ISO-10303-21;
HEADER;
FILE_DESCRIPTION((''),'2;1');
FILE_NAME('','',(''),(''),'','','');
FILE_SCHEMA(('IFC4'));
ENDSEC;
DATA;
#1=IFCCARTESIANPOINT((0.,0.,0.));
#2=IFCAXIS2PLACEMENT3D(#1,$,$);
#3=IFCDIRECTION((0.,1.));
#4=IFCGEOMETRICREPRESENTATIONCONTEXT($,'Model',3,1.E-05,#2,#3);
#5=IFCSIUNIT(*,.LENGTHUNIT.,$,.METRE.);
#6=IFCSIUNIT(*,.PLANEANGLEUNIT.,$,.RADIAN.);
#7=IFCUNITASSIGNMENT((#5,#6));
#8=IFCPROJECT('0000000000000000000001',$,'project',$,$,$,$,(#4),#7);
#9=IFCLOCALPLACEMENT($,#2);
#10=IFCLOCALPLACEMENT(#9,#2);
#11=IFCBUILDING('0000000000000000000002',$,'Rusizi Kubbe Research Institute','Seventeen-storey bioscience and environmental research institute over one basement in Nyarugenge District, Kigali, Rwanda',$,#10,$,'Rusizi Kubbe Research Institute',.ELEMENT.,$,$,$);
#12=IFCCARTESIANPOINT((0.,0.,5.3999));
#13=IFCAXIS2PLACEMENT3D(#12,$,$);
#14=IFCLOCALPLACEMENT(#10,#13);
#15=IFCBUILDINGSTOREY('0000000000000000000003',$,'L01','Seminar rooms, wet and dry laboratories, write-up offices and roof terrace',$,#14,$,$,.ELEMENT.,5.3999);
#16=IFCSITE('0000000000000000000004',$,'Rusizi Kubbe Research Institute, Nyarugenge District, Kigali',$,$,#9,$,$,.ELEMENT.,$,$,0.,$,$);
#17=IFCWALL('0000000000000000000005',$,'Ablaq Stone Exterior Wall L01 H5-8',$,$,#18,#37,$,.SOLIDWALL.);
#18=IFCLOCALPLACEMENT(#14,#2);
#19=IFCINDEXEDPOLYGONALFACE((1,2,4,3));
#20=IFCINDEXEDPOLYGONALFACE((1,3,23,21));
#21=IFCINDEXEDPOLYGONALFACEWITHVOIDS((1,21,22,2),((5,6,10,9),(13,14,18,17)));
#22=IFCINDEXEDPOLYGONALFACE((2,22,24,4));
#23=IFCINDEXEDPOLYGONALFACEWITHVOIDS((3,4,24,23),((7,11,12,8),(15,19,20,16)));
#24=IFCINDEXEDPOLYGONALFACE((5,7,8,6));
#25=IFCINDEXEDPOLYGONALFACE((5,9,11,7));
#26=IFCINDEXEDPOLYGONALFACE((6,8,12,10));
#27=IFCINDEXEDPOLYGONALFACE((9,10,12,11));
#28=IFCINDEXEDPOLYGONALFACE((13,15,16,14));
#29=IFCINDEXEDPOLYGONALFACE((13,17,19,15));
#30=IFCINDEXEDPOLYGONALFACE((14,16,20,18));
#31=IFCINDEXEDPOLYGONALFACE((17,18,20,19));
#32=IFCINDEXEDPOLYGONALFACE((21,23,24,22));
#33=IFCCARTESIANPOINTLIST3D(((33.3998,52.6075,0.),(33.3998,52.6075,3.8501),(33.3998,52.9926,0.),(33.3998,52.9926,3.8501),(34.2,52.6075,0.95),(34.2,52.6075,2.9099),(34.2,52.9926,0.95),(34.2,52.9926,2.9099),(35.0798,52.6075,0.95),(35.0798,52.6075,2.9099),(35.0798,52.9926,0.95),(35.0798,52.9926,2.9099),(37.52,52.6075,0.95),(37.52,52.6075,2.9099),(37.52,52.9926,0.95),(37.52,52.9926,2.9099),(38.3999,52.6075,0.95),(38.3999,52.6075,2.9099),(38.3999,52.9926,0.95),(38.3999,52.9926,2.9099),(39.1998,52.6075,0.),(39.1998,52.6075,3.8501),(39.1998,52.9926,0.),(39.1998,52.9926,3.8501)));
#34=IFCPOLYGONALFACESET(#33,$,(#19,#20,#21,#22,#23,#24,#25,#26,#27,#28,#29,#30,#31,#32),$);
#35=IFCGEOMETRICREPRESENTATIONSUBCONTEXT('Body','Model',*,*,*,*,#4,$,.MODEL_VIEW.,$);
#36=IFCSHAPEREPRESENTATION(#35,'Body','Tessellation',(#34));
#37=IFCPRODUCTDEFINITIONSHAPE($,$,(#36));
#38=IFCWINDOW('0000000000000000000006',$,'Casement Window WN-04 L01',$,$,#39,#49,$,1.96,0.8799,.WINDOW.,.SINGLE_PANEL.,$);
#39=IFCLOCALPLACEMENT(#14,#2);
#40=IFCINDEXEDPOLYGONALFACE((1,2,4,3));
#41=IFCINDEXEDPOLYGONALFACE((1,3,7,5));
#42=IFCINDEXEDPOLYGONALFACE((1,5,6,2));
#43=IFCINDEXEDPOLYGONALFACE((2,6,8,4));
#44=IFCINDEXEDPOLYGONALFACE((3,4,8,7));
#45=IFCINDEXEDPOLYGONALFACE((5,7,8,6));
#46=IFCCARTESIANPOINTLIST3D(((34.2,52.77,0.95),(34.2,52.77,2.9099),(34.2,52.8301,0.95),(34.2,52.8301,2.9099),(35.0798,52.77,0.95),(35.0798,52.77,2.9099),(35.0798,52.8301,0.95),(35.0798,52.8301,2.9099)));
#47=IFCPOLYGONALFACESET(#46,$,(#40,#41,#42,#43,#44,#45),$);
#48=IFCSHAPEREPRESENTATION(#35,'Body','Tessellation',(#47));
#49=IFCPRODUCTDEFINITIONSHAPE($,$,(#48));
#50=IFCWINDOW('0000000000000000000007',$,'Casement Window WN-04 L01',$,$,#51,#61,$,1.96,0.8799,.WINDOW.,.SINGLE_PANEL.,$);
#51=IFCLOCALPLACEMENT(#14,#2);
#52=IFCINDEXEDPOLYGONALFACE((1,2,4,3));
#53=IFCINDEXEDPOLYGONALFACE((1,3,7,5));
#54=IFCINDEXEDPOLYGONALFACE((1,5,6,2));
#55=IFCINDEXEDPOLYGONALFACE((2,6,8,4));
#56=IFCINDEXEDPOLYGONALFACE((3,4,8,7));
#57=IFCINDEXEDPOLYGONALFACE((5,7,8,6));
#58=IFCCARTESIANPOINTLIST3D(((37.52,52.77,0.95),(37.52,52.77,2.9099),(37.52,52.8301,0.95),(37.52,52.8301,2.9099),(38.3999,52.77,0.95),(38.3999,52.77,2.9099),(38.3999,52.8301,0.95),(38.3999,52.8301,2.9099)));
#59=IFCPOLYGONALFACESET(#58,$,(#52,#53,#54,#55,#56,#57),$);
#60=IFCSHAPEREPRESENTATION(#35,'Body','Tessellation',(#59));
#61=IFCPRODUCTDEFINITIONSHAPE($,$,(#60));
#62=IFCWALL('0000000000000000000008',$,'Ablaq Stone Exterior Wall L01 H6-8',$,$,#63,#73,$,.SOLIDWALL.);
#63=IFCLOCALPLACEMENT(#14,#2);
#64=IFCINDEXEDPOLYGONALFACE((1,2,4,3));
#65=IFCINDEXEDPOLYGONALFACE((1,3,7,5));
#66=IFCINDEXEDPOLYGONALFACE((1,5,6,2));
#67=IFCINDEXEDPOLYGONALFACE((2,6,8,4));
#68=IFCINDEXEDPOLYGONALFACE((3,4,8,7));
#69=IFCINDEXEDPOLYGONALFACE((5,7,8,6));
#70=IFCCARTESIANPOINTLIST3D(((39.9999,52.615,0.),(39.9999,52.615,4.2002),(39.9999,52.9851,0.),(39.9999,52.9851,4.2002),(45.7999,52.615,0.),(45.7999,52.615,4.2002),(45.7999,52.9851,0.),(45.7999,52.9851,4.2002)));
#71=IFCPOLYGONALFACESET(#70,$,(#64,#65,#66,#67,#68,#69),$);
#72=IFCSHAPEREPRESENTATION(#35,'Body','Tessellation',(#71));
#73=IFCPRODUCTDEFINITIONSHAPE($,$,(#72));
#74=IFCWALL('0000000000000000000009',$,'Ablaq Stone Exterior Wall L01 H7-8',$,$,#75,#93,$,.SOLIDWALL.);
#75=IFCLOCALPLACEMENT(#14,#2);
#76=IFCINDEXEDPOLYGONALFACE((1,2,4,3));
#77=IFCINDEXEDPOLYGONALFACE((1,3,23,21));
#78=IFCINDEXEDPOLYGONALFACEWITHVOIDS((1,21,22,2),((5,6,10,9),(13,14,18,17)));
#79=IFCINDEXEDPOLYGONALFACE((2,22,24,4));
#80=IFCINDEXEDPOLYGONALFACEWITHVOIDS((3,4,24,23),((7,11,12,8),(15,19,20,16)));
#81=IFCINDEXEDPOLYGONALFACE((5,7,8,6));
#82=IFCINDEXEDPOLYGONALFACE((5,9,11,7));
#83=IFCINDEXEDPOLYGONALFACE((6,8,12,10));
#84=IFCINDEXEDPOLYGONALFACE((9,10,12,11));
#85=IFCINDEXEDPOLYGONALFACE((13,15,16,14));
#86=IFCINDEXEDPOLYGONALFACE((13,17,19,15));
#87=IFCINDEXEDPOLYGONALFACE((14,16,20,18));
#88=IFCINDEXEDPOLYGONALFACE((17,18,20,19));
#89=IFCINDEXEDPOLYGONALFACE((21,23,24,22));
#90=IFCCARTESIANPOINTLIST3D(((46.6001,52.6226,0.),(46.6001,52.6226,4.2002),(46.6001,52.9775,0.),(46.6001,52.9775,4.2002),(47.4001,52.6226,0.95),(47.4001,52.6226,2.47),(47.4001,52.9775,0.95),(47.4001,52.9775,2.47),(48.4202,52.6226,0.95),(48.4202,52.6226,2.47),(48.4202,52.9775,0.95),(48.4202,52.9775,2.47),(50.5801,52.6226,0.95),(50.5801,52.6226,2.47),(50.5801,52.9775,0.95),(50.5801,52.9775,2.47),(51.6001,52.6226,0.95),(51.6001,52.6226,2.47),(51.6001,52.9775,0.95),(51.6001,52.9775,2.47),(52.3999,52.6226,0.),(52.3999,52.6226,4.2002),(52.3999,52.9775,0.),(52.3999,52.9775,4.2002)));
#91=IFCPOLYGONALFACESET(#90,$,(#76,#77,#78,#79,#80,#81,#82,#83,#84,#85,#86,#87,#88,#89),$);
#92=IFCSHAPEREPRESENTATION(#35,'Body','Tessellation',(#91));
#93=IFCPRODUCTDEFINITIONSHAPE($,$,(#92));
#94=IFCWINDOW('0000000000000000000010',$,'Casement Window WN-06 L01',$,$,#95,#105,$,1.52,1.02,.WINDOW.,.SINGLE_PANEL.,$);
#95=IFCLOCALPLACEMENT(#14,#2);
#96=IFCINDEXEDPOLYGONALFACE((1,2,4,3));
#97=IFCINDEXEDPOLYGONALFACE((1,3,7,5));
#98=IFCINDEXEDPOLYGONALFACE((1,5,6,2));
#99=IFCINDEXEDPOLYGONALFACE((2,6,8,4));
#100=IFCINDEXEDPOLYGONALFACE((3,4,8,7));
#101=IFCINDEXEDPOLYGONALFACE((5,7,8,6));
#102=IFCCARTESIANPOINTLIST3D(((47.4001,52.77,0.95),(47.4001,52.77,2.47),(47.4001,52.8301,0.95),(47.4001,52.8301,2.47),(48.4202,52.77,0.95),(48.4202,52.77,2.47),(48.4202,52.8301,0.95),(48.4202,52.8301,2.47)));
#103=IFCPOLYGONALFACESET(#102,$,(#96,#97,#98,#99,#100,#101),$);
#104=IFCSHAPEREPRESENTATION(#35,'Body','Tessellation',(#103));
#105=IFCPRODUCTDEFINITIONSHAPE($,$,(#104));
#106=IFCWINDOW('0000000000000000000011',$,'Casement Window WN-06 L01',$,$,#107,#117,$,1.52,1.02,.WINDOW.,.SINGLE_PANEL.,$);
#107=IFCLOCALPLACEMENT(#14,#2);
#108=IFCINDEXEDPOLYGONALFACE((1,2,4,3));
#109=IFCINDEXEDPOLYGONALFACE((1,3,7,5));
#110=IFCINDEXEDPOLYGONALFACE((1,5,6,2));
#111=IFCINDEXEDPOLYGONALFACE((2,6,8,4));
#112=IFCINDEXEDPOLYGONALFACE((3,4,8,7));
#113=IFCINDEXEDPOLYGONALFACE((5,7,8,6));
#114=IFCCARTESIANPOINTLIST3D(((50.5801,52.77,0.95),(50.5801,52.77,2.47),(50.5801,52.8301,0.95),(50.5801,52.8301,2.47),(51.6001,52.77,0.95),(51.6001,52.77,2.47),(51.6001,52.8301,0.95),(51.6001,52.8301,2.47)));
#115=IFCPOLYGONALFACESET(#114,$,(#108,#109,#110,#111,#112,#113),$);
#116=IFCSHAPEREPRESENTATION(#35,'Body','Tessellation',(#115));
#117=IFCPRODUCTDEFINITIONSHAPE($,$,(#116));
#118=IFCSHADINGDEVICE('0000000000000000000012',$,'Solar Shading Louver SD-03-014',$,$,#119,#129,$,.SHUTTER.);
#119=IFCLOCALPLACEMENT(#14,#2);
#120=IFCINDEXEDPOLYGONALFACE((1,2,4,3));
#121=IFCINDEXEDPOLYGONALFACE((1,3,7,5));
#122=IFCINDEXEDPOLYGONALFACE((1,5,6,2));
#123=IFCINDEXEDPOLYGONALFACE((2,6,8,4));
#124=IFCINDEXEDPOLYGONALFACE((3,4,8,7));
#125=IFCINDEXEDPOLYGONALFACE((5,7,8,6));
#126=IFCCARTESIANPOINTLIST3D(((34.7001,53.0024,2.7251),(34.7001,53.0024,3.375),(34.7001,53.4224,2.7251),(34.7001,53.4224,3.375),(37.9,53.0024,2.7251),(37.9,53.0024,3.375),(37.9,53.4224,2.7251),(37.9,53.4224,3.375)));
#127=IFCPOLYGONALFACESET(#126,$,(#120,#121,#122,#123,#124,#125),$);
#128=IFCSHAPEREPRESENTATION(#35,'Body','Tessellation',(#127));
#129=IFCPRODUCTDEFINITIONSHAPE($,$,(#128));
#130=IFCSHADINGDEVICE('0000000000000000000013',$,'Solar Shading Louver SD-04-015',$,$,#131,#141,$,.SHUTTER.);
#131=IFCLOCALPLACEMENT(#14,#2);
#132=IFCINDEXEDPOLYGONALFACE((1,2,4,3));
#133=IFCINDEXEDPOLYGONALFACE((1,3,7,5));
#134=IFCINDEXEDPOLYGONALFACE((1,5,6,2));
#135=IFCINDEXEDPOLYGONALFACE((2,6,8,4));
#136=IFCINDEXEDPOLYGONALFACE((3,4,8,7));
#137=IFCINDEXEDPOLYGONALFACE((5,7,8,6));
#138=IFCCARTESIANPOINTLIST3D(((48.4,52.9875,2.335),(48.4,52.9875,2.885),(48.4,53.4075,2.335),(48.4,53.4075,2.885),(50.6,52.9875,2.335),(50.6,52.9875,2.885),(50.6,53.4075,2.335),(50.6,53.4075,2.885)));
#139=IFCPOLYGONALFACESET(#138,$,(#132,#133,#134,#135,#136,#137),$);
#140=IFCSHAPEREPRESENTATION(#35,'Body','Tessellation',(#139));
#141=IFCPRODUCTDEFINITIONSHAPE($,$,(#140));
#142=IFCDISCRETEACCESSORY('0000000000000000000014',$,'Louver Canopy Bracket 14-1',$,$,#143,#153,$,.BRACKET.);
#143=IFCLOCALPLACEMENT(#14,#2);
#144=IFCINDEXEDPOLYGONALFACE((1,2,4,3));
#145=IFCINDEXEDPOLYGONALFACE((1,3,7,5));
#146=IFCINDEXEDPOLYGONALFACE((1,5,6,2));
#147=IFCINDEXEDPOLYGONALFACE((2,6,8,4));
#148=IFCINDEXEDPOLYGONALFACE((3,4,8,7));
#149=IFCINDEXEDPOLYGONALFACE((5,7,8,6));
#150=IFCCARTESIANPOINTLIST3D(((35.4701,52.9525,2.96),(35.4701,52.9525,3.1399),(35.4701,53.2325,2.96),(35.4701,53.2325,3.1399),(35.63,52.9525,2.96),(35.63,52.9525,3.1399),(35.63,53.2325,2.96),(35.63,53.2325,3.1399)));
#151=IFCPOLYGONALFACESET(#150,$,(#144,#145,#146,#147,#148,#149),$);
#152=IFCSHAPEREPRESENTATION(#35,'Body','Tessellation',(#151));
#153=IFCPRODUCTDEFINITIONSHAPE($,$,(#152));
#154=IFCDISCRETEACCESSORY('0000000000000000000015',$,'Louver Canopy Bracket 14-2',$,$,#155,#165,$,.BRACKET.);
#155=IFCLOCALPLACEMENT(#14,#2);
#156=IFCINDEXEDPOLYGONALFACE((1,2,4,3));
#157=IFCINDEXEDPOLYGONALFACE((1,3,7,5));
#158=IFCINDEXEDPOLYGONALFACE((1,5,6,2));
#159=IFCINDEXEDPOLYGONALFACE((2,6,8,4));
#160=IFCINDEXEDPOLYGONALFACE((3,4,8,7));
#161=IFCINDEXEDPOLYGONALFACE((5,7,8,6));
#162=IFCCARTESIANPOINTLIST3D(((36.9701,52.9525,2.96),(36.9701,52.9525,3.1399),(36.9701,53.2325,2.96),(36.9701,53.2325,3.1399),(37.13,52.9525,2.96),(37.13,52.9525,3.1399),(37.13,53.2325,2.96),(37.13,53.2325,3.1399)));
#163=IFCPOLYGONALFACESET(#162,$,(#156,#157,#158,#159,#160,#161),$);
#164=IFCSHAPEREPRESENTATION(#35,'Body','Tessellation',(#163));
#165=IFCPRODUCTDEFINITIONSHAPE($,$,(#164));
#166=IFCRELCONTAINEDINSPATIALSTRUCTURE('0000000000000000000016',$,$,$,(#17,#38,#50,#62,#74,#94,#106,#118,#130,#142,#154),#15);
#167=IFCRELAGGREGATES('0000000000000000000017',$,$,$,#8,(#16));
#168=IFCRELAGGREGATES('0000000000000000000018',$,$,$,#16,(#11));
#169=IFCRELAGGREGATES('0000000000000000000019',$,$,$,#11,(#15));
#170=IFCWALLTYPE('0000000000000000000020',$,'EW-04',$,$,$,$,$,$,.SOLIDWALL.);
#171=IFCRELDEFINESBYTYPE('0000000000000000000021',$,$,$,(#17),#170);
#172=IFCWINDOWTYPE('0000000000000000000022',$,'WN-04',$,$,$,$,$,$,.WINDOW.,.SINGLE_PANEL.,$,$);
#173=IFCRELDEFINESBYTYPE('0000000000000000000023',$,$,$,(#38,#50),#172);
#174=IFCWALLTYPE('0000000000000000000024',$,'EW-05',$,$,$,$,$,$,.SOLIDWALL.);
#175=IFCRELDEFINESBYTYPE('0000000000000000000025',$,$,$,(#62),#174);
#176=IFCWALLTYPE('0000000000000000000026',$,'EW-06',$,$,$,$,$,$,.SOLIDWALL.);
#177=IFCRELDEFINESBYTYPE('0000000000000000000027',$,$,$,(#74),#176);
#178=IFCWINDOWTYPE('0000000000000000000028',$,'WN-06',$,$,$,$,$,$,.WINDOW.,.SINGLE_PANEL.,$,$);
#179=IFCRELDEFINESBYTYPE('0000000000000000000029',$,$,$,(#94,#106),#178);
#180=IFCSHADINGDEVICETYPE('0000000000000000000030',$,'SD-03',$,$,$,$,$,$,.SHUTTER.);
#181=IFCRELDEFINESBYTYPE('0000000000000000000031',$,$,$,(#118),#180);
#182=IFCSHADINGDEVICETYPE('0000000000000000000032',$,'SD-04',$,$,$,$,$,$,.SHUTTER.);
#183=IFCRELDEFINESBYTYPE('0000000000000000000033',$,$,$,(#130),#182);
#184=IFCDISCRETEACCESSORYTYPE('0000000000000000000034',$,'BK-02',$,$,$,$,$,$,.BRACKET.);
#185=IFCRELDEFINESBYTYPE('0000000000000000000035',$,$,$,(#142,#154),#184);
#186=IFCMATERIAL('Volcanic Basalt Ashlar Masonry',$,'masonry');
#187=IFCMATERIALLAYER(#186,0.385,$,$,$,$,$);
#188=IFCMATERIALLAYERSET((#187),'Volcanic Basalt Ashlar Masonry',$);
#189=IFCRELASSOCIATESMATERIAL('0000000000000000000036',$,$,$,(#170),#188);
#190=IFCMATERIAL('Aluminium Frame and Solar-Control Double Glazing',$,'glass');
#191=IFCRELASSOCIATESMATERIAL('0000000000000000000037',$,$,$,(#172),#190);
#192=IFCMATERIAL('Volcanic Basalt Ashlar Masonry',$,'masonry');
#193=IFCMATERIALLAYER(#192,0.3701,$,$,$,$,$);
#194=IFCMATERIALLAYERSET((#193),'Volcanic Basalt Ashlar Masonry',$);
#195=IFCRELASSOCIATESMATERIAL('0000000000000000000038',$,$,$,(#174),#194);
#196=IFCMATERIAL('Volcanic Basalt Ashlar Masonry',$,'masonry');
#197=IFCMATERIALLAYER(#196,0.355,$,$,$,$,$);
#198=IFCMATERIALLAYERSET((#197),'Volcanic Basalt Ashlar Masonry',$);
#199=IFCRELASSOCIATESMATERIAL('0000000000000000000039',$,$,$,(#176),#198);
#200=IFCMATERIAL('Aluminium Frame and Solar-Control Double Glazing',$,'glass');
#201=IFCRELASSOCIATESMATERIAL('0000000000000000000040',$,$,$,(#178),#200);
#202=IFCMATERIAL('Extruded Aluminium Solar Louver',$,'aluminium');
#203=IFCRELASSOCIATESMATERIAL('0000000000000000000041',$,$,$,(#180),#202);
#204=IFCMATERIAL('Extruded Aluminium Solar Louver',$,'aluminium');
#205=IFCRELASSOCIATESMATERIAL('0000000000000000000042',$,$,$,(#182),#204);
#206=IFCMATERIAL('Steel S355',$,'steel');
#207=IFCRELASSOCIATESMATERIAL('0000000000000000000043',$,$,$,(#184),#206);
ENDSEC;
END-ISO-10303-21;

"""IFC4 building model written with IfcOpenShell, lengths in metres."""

from ifc_helpers import new_model, si_unit, direction, frame, frame_2d, origin, origin_2d, place, context, subcontext, project, spatial, rectangle, extrude, material, layer, layer_set, type_object, element, fill, save


model = new_model("IFC4")

# Units and contexts
model_context = context("Model", 3, precision=1e-05, world=origin(), true_north=direction((0.0, 1.0)))
body_context = subcontext(model_context, "Body", "Model", "MODEL_VIEW")
ifc_project = project(units=[si_unit("LENGTHUNIT", "METRE"), si_unit("PLANEANGLEUNIT", "RADIAN")], contexts=[model_context])

# Site, building, storey
site_placement = place(None, origin())
site = spatial("IfcSite", under=ifc_project, at=site_placement, Name="Rusizi Kubbe Research Institute, Nyarugenge District, Kigali", CompositionType="ELEMENT", RefElevation=0.0)
building_placement = place(site_placement, origin())
building = spatial("IfcBuilding", under=site, at=building_placement, Name="Rusizi Kubbe Research Institute", Description="Seventeen-storey bioscience and environmental research institute over one basement in Nyarugenge District, Kigali, Rwanda", LongName="Rusizi Kubbe Research Institute", CompositionType="ELEMENT")
storey_placement = place(building_placement, frame((0.0, 0.0, 5.3999)))
storey = spatial("IfcBuildingStorey", under=building, at=storey_placement, Name="L01", Description="Seminar rooms, wet and dry laboratories, write-up offices and roof terrace", CompositionType="ELEMENT", Elevation=5.3999)

# Wall, openings, windows
ifc_material_1 = material(Name="Volcanic Basalt Ashlar Masonry", Category="masonry")
ifc_layer_1 = layer(ifc_material_1, 0.385)
ifc_layer_set_1 = layer_set([ifc_layer_1], Name="Volcanic Basalt Ashlar Masonry")
wall_type_1 = type_object("IfcWallType", Name="EW-04", PredefinedType="SOLIDWALL", material=ifc_layer_set_1)
wall_1_placement = place(storey_placement, frame((33.3999, 52.8, 0.0), z_axis=(0.0, 0.0, 1.0), x_axis=(1.0, 0.0, 0.0)))
wall_1 = element("IfcWall", 1, at=wall_1_placement, inside=storey, type_object=wall_type_1, Name="Ablaq Stone Exterior Wall L01 H5-8", PredefinedType="SOLIDWALL", context=body_context, shape_type="SweptSolid", body=[
    extrude(rectangle(XDim=5.8, YDim=0.385, at=frame_2d((2.8999, 0.0))), origin(), (0.0, 0.0, 1.0), 3.8501),
])
opening_1_placement = place(wall_1_placement, frame((0.8, 0.0, 0.95)))
opening_1 = element("IfcOpeningElement", 2, at=opening_1_placement, cuts=wall_1, PredefinedType="OPENING", context=body_context, shape_type="SweptSolid", body=[
    extrude(rectangle(XDim=0.8799, YDim=1.96, at=frame_2d((0.4399, 0.98))), frame((0.0, 0.2024, 0.0), z_axis=(0.0, -1.0, 0.0), x_axis=(1.0, 0.0, 0.0)), (0.0, 0.0, 1.0), 0.405),
])
opening_2_placement = place(wall_1_placement, frame((4.1201, 0.0, 0.95)))
opening_2 = element("IfcOpeningElement", 3, at=opening_2_placement, cuts=wall_1, PredefinedType="OPENING", context=body_context, shape_type="SweptSolid", body=[
    extrude(rectangle(XDim=0.8799, YDim=1.96, at=frame_2d((0.4399, 0.98))), frame((0.0, 0.2024, 0.0), z_axis=(0.0, -1.0, 0.0), x_axis=(1.0, 0.0, 0.0)), (0.0, 0.0, 1.0), 0.405),
])
ifc_material_2 = material(Name="Aluminium Frame and Solar-Control Double Glazing", Category="glass")
window_type_1 = type_object("IfcWindowType", Name="WN-04", PartitioningType="SINGLE_PANEL", PredefinedType="WINDOW", material=ifc_material_2)
window_1_placement = place(opening_1_placement, origin())
window_1 = element("IfcWindow", 4, at=window_1_placement, inside=storey, type_object=window_type_1, Name="Casement Window WN-04 L01", OverallHeight=1.96, OverallWidth=0.8799, PartitioningType="SINGLE_PANEL", PredefinedType="WINDOW", context=body_context, shape_type="SweptSolid", body=[
    extrude(rectangle(XDim=0.8799, YDim=1.96, at=frame_2d((0.4399, 0.98))), frame((0.0, 0.03, 0.0), z_axis=(0.0, -1.0, 0.0), x_axis=(1.0, 0.0, 0.0)), (0.0, 0.0, 1.0), 0.0601),
])
fill(opening_1, window_1)
window_2_placement = place(opening_2_placement, origin())
window_2 = element("IfcWindow", 5, at=window_2_placement, inside=storey, type_object=window_type_1, Name="Casement Window WN-04 L01", OverallHeight=1.96, OverallWidth=0.8799, PartitioningType="SINGLE_PANEL", PredefinedType="WINDOW", context=body_context, shape_type="SweptSolid", body=[
    extrude(rectangle(XDim=0.8799, YDim=1.96, at=frame_2d((0.4399, 0.98))), frame((0.0, 0.03, 0.0), z_axis=(0.0, -1.0, 0.0), x_axis=(1.0, 0.0, 0.0)), (0.0, 0.0, 1.0), 0.0601),
])
fill(opening_2, window_2)

# Wall
ifc_material_3 = material(Name="Volcanic Basalt Ashlar Masonry", Category="masonry")
ifc_layer_2 = layer(ifc_material_3, 0.3701)
ifc_layer_set_2 = layer_set([ifc_layer_2], Name="Volcanic Basalt Ashlar Masonry")
wall_type_2 = type_object("IfcWallType", Name="EW-05", PredefinedType="SOLIDWALL", material=ifc_layer_set_2)
wall_2_placement = place(storey_placement, frame((40.0, 52.8, 0.0), z_axis=(0.0, 0.0, 1.0), x_axis=(1.0, 0.0, 0.0)))
element("IfcWall", 6, at=wall_2_placement, inside=storey, type_object=wall_type_2, Name="Ablaq Stone Exterior Wall L01 H6-8", PredefinedType="SOLIDWALL", context=body_context, shape_type="SweptSolid", body=[
    extrude(rectangle(XDim=5.8, YDim=0.3701, at=frame_2d((2.8999, 0.0))), origin(), (0.0, 0.0, 1.0), 4.2002),
])

# Wall, openings, windows
ifc_material_4 = material(Name="Volcanic Basalt Ashlar Masonry", Category="masonry")
ifc_layer_3 = layer(ifc_material_4, 0.355)
ifc_layer_set_3 = layer_set([ifc_layer_3], Name="Volcanic Basalt Ashlar Masonry")
wall_type_3 = type_object("IfcWallType", Name="EW-06", PredefinedType="SOLIDWALL", material=ifc_layer_set_3)
wall_3_placement = place(storey_placement, frame((46.6001, 52.8, 0.0), z_axis=(0.0, 0.0, 1.0), x_axis=(1.0, 0.0, 0.0)))
wall_3 = element("IfcWall", 7, at=wall_3_placement, inside=storey, type_object=wall_type_3, Name="Ablaq Stone Exterior Wall L01 H7-8", PredefinedType="SOLIDWALL", context=body_context, shape_type="SweptSolid", body=[
    extrude(rectangle(XDim=5.7998, YDim=0.355, at=frame_2d((2.8999, 0.0))), origin(), (0.0, 0.0, 1.0), 4.2002),
])
opening_3_placement = place(wall_3_placement, frame((0.8, 0.0, 0.95)))
opening_3 = element("IfcOpeningElement", 8, at=opening_3_placement, cuts=wall_3, PredefinedType="OPENING", context=body_context, shape_type="SweptSolid", body=[
    extrude(rectangle(XDim=1.02, YDim=1.52, at=frame_2d((0.51, 0.76))), frame((0.0, 0.1875, 0.0), z_axis=(0.0, -1.0, 0.0), x_axis=(1.0, 0.0, 0.0)), (0.0, 0.0, 1.0), 0.375),
])
opening_4_placement = place(wall_3_placement, frame((3.98, 0.0, 0.95)))
opening_4 = element("IfcOpeningElement", 9, at=opening_4_placement, cuts=wall_3, PredefinedType="OPENING", context=body_context, shape_type="SweptSolid", body=[
    extrude(rectangle(XDim=1.02, YDim=1.52, at=frame_2d((0.51, 0.76))), frame((0.0, 0.1875, 0.0), z_axis=(0.0, -1.0, 0.0), x_axis=(1.0, 0.0, 0.0)), (0.0, 0.0, 1.0), 0.375),
])
ifc_material_5 = material(Name="Aluminium Frame and Solar-Control Double Glazing", Category="glass")
window_type_2 = type_object("IfcWindowType", Name="WN-06", PartitioningType="SINGLE_PANEL", PredefinedType="WINDOW", material=ifc_material_5)
window_3_placement = place(opening_3_placement, origin())
window_3 = element("IfcWindow", 10, at=window_3_placement, inside=storey, type_object=window_type_2, Name="Casement Window WN-06 L01", OverallHeight=1.52, OverallWidth=1.02, PartitioningType="SINGLE_PANEL", PredefinedType="WINDOW", context=body_context, shape_type="SweptSolid", body=[
    extrude(rectangle(XDim=1.02, YDim=1.52, at=frame_2d((0.51, 0.76))), frame((0.0, 0.03, 0.0), z_axis=(0.0, -1.0, 0.0), x_axis=(1.0, 0.0, 0.0)), (0.0, 0.0, 1.0), 0.0601),
])
fill(opening_3, window_3)
window_4_placement = place(opening_4_placement, origin())
window_4 = element("IfcWindow", 11, at=window_4_placement, inside=storey, type_object=window_type_2, Name="Casement Window WN-06 L01", OverallHeight=1.52, OverallWidth=1.02, PartitioningType="SINGLE_PANEL", PredefinedType="WINDOW", context=body_context, shape_type="SweptSolid", body=[
    extrude(rectangle(XDim=1.02, YDim=1.52, at=frame_2d((0.51, 0.76))), frame((0.0, 0.03, 0.0), z_axis=(0.0, -1.0, 0.0), x_axis=(1.0, 0.0, 0.0)), (0.0, 0.0, 1.0), 0.0601),
])
fill(opening_4, window_4)

# Shading devices
ifc_material_6 = material(Name="Extruded Aluminium Solar Louver", Category="aluminium")
shading_device_type_1 = type_object("IfcShadingDeviceType", Name="SD-03", PredefinedType="SHUTTER", material=ifc_material_6)
shading_device_1_placement = place(storey_placement, frame((36.3, 53.2124, 2.7251), z_axis=(0.0, 0.0, 1.0), x_axis=(1.0, 0.0, 0.0)))
element("IfcShadingDevice", 12, at=shading_device_1_placement, inside=storey, type_object=shading_device_type_1, Name="Solar Shading Louver SD-03-014", PredefinedType="SHUTTER", context=body_context, shape_type="SweptSolid", body=[
    extrude(rectangle(XDim=3.2, YDim=0.4199, at=origin_2d()), origin(), (0.0, 0.0, 1.0), 0.6499),
])
ifc_material_7 = material(Name="Extruded Aluminium Solar Louver", Category="aluminium")
shading_device_type_2 = type_object("IfcShadingDeviceType", Name="SD-04", PredefinedType="SHUTTER", material=ifc_material_7)
shading_device_2_placement = place(storey_placement, frame((49.5, 53.1975, 2.335), z_axis=(0.0, 0.0, 1.0), x_axis=(1.0, 0.0, 0.0)))
element("IfcShadingDevice", 13, at=shading_device_2_placement, inside=storey, type_object=shading_device_type_2, Name="Solar Shading Louver SD-04-015", PredefinedType="SHUTTER", context=body_context, shape_type="SweptSolid", body=[
    extrude(rectangle(XDim=2.2, YDim=0.4199, at=origin_2d()), origin(), (0.0, 0.0, 1.0), 0.55),
])

# Discrete accessories
ifc_material_8 = material(Name="Steel S355", Category="steel")
discrete_accessory_type = type_object("IfcDiscreteAccessoryType", Name="BK-02", PredefinedType="BRACKET", material=ifc_material_8)
for number, where, z_axis, x_axis, name in (
    (14, (35.55, 53.0925, 2.96), (0.0, 0.0, 1.0), (1.0, 0.0, 0.0), "Louver Canopy Bracket 14-1"),
    (15, (37.05, 53.0925, 2.96), (0.0, 0.0, 1.0), (1.0, 0.0, 0.0), "Louver Canopy Bracket 14-2"),
):
    element("IfcDiscreteAccessory", number, at=place(storey_placement, frame(where, z_axis=z_axis, x_axis=x_axis)), inside=storey, type_object=discrete_accessory_type, Name=name, PredefinedType="BRACKET", context=body_context, shape_type="SweptSolid", body=[
        extrude(rectangle(XDim=0.1599, YDim=0.28, at=origin_2d()), origin(), (0.0, 0.0, 1.0), 0.1799),
    ])

save(model, "model.ifc")
